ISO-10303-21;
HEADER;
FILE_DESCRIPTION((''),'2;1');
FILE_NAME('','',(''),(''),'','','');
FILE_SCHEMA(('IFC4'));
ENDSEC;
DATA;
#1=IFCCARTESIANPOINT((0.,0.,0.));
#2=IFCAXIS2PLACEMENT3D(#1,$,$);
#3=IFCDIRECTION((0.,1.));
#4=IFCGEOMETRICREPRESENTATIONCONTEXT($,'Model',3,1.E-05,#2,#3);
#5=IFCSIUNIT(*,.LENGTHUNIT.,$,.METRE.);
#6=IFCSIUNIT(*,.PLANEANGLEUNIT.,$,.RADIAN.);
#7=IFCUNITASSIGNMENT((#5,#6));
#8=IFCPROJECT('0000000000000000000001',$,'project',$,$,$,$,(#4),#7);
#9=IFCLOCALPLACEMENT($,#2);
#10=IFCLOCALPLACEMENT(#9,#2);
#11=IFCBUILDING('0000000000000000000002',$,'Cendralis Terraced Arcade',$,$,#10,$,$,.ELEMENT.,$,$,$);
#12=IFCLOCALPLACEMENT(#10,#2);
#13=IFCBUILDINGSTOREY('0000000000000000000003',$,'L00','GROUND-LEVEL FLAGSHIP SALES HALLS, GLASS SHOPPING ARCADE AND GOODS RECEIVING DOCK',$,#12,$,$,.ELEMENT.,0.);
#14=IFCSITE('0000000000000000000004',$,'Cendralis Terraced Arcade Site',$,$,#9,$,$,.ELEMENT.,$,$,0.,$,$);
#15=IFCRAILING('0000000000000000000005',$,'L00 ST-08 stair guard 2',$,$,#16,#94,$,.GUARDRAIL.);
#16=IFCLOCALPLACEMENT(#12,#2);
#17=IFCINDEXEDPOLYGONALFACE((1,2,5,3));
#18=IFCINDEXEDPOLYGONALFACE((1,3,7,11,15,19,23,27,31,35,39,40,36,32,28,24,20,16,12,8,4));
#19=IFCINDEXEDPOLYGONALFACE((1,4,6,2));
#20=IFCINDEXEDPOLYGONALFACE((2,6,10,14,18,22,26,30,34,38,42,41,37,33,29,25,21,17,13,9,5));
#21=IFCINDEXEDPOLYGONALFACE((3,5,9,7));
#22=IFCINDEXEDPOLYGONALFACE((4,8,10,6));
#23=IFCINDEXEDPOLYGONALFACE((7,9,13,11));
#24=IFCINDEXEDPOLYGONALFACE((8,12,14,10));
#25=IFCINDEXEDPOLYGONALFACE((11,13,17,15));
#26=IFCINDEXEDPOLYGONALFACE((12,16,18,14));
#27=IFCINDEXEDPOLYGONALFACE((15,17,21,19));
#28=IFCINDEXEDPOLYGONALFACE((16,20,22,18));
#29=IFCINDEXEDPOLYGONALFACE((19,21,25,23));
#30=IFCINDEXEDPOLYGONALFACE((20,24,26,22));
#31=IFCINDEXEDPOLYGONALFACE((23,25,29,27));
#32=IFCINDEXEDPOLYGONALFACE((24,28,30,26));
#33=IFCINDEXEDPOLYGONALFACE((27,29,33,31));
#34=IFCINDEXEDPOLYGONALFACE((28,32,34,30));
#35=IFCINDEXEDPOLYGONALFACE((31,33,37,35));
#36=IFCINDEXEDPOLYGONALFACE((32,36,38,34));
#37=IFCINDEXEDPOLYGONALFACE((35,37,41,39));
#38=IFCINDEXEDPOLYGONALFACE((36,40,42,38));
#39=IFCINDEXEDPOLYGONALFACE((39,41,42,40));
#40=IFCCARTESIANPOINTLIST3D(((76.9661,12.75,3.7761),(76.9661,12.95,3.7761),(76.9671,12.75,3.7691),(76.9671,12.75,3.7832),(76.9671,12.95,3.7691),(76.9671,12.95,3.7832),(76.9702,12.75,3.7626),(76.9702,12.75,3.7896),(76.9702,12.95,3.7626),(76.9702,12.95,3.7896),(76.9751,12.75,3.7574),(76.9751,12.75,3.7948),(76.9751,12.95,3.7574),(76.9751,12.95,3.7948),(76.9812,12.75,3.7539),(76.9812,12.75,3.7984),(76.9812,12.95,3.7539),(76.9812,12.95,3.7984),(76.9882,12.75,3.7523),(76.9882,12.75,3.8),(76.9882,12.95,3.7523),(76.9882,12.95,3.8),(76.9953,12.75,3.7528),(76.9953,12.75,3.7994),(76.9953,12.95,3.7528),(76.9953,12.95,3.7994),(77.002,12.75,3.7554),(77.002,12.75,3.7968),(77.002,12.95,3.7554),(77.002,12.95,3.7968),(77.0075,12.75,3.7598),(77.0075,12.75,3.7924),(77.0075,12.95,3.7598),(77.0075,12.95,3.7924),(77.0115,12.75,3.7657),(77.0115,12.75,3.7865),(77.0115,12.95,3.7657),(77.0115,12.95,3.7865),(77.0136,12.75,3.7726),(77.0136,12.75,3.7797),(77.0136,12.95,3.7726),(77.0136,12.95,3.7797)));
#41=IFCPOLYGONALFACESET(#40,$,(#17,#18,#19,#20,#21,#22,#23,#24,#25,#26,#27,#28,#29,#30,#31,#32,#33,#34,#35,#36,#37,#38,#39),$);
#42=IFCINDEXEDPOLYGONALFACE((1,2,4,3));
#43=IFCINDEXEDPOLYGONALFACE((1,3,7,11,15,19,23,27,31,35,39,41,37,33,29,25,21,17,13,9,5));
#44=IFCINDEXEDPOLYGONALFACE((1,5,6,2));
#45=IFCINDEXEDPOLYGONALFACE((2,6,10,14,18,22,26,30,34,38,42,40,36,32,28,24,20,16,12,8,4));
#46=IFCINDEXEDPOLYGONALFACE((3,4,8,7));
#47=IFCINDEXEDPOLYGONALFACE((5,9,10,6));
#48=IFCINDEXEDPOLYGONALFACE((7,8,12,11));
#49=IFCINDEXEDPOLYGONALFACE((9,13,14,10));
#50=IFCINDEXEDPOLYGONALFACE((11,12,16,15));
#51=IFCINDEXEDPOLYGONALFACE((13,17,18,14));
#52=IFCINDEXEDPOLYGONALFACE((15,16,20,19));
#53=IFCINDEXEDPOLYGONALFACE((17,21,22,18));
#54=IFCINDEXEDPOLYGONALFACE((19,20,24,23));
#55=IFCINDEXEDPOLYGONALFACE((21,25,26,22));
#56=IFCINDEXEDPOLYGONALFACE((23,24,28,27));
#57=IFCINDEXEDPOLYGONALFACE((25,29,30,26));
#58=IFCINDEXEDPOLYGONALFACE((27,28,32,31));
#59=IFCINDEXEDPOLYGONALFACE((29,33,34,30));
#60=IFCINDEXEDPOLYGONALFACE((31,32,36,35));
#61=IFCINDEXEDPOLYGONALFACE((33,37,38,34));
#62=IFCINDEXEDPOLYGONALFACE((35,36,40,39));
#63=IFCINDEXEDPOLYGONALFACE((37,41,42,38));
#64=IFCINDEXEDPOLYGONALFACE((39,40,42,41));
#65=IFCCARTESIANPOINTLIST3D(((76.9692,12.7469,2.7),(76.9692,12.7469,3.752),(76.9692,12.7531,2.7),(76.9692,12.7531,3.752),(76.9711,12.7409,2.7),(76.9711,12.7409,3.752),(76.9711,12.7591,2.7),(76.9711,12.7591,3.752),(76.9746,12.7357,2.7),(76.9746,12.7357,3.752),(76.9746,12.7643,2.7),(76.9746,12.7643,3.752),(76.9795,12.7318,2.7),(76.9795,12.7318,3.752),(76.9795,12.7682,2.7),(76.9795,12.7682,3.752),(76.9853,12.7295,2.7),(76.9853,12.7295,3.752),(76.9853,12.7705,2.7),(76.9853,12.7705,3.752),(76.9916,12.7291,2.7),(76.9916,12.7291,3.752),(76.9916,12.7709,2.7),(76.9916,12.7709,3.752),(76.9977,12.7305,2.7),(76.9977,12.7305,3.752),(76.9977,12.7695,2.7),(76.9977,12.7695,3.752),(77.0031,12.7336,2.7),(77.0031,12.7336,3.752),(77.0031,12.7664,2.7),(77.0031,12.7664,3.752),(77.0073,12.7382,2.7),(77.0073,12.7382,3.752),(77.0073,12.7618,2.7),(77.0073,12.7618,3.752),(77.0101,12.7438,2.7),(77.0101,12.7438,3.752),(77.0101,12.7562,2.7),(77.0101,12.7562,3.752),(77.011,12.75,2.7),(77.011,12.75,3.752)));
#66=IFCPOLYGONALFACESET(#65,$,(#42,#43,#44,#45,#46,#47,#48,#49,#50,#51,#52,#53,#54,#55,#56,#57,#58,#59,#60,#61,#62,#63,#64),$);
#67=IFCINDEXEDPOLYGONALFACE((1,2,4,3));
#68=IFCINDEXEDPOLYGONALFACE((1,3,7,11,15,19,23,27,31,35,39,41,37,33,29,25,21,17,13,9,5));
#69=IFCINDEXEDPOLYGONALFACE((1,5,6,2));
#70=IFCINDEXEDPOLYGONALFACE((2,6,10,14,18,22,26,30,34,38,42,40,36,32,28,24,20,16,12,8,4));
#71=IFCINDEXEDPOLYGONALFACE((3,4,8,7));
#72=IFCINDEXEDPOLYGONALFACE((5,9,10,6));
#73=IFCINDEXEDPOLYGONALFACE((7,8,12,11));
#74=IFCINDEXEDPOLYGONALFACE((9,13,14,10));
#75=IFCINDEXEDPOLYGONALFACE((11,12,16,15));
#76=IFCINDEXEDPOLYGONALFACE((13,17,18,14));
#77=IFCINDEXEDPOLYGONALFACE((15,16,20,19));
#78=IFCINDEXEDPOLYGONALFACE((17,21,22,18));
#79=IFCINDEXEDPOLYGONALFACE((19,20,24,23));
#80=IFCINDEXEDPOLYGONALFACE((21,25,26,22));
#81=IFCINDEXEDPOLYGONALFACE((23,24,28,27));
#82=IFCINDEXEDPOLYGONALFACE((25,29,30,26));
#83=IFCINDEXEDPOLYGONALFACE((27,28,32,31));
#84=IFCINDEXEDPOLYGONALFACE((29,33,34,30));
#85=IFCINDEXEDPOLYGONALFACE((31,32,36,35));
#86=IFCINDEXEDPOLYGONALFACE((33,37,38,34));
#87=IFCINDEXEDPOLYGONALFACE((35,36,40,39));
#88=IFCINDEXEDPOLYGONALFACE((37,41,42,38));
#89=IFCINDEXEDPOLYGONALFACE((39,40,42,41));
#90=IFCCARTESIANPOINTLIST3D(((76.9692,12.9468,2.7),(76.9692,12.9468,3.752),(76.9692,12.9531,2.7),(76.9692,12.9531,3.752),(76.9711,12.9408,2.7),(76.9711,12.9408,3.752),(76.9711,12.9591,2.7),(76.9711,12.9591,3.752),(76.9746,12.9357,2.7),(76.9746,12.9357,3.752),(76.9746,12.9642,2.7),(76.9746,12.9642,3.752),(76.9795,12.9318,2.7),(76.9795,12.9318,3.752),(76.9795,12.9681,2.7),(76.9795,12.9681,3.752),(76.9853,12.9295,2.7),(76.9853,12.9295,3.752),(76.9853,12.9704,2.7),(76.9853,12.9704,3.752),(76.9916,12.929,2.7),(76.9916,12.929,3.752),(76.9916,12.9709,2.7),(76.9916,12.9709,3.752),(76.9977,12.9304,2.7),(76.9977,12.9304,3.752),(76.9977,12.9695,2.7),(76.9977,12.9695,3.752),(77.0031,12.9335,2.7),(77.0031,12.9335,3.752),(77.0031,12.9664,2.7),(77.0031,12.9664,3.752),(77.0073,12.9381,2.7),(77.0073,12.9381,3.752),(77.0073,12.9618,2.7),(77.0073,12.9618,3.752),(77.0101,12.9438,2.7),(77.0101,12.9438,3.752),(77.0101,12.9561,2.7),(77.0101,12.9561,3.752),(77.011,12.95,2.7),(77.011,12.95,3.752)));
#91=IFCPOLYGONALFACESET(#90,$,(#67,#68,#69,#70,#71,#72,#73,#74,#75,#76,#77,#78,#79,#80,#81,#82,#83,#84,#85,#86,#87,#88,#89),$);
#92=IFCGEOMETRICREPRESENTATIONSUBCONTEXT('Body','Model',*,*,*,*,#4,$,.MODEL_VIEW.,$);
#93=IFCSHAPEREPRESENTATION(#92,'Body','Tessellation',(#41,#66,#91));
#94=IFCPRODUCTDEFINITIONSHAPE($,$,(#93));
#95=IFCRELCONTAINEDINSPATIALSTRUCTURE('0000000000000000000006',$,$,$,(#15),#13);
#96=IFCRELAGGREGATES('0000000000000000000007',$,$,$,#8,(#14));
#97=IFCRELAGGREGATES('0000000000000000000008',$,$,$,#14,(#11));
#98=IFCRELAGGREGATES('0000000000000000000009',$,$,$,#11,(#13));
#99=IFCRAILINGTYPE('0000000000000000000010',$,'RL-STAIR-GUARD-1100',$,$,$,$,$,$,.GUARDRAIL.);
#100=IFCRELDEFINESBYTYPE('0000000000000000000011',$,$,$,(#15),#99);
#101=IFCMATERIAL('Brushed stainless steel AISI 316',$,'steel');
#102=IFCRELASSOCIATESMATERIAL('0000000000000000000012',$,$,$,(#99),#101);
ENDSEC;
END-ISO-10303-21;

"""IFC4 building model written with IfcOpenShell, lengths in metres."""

from ifc_helpers import new_model, si_unit, direction, frame, origin, origin_2d, place, context, subcontext, project, spatial, circle, extrude, material, type_object, element, save


model = new_model("IFC4")

# Units and contexts
model_context = context("Model", 3, precision=1e-05, world=origin(), true_north=direction((0.0, 1.0)))
body_context = subcontext(model_context, "Body", "Model", "MODEL_VIEW")
ifc_project = project(units=[si_unit("LENGTHUNIT", "METRE"), si_unit("PLANEANGLEUNIT", "RADIAN")], contexts=[model_context])

# Site, building, storey
site_placement = place(None, origin())
site = spatial("IfcSite", under=ifc_project, at=site_placement, Name="Cendralis Terraced Arcade Site", CompositionType="ELEMENT", RefElevation=0.0)
building_placement = place(site_placement, origin())
building = spatial("IfcBuilding", under=site, at=building_placement, Name="Cendralis Terraced Arcade", CompositionType="ELEMENT")
storey_placement = place(building_placement, origin())
storey = spatial("IfcBuildingStorey", under=building, at=storey_placement, Name="L00", Description="GROUND-LEVEL FLAGSHIP SALES HALLS, GLASS SHOPPING ARCADE AND GOODS RECEIVING DOCK", CompositionType="ELEMENT", Elevation=0.0)

# Railing
ifc_material_1 = material(Name="Brushed stainless steel AISI 316", Category="steel")
railing_type_1 = type_object("IfcRailingType", Name="RL-STAIR-GUARD-1100", PredefinedType="GUARDRAIL", material=ifc_material_1)
railing_1_placement = place(storey_placement, frame((76.99, 12.75, 2.7)))
element("IfcRailing", 1, at=railing_1_placement, inside=storey, type_object=railing_type_1, Name="L00 ST-08 stair guard 2", PredefinedType="GUARDRAIL", context=body_context, shape_type="SweptSolid", body=[
    extrude(circle(Radius=0.0239, at=origin_2d()), frame((0.0, 0.0, 1.0762), z_axis=(0.0, 1.0, 0.0), x_axis=(-1.0, 0.0, 0.0)), (0.0, 0.0, 1.0), 0.2),
    extrude(circle(Radius=0.021, at=origin_2d()), origin(), (0.0, 0.0, 1.0), 1.052),
    extrude(circle(Radius=0.021, at=origin_2d()), frame((0.0, 0.2, 0.0)), (0.0, 0.0, 1.0), 1.052),
])

save(model, "model.ifc")
